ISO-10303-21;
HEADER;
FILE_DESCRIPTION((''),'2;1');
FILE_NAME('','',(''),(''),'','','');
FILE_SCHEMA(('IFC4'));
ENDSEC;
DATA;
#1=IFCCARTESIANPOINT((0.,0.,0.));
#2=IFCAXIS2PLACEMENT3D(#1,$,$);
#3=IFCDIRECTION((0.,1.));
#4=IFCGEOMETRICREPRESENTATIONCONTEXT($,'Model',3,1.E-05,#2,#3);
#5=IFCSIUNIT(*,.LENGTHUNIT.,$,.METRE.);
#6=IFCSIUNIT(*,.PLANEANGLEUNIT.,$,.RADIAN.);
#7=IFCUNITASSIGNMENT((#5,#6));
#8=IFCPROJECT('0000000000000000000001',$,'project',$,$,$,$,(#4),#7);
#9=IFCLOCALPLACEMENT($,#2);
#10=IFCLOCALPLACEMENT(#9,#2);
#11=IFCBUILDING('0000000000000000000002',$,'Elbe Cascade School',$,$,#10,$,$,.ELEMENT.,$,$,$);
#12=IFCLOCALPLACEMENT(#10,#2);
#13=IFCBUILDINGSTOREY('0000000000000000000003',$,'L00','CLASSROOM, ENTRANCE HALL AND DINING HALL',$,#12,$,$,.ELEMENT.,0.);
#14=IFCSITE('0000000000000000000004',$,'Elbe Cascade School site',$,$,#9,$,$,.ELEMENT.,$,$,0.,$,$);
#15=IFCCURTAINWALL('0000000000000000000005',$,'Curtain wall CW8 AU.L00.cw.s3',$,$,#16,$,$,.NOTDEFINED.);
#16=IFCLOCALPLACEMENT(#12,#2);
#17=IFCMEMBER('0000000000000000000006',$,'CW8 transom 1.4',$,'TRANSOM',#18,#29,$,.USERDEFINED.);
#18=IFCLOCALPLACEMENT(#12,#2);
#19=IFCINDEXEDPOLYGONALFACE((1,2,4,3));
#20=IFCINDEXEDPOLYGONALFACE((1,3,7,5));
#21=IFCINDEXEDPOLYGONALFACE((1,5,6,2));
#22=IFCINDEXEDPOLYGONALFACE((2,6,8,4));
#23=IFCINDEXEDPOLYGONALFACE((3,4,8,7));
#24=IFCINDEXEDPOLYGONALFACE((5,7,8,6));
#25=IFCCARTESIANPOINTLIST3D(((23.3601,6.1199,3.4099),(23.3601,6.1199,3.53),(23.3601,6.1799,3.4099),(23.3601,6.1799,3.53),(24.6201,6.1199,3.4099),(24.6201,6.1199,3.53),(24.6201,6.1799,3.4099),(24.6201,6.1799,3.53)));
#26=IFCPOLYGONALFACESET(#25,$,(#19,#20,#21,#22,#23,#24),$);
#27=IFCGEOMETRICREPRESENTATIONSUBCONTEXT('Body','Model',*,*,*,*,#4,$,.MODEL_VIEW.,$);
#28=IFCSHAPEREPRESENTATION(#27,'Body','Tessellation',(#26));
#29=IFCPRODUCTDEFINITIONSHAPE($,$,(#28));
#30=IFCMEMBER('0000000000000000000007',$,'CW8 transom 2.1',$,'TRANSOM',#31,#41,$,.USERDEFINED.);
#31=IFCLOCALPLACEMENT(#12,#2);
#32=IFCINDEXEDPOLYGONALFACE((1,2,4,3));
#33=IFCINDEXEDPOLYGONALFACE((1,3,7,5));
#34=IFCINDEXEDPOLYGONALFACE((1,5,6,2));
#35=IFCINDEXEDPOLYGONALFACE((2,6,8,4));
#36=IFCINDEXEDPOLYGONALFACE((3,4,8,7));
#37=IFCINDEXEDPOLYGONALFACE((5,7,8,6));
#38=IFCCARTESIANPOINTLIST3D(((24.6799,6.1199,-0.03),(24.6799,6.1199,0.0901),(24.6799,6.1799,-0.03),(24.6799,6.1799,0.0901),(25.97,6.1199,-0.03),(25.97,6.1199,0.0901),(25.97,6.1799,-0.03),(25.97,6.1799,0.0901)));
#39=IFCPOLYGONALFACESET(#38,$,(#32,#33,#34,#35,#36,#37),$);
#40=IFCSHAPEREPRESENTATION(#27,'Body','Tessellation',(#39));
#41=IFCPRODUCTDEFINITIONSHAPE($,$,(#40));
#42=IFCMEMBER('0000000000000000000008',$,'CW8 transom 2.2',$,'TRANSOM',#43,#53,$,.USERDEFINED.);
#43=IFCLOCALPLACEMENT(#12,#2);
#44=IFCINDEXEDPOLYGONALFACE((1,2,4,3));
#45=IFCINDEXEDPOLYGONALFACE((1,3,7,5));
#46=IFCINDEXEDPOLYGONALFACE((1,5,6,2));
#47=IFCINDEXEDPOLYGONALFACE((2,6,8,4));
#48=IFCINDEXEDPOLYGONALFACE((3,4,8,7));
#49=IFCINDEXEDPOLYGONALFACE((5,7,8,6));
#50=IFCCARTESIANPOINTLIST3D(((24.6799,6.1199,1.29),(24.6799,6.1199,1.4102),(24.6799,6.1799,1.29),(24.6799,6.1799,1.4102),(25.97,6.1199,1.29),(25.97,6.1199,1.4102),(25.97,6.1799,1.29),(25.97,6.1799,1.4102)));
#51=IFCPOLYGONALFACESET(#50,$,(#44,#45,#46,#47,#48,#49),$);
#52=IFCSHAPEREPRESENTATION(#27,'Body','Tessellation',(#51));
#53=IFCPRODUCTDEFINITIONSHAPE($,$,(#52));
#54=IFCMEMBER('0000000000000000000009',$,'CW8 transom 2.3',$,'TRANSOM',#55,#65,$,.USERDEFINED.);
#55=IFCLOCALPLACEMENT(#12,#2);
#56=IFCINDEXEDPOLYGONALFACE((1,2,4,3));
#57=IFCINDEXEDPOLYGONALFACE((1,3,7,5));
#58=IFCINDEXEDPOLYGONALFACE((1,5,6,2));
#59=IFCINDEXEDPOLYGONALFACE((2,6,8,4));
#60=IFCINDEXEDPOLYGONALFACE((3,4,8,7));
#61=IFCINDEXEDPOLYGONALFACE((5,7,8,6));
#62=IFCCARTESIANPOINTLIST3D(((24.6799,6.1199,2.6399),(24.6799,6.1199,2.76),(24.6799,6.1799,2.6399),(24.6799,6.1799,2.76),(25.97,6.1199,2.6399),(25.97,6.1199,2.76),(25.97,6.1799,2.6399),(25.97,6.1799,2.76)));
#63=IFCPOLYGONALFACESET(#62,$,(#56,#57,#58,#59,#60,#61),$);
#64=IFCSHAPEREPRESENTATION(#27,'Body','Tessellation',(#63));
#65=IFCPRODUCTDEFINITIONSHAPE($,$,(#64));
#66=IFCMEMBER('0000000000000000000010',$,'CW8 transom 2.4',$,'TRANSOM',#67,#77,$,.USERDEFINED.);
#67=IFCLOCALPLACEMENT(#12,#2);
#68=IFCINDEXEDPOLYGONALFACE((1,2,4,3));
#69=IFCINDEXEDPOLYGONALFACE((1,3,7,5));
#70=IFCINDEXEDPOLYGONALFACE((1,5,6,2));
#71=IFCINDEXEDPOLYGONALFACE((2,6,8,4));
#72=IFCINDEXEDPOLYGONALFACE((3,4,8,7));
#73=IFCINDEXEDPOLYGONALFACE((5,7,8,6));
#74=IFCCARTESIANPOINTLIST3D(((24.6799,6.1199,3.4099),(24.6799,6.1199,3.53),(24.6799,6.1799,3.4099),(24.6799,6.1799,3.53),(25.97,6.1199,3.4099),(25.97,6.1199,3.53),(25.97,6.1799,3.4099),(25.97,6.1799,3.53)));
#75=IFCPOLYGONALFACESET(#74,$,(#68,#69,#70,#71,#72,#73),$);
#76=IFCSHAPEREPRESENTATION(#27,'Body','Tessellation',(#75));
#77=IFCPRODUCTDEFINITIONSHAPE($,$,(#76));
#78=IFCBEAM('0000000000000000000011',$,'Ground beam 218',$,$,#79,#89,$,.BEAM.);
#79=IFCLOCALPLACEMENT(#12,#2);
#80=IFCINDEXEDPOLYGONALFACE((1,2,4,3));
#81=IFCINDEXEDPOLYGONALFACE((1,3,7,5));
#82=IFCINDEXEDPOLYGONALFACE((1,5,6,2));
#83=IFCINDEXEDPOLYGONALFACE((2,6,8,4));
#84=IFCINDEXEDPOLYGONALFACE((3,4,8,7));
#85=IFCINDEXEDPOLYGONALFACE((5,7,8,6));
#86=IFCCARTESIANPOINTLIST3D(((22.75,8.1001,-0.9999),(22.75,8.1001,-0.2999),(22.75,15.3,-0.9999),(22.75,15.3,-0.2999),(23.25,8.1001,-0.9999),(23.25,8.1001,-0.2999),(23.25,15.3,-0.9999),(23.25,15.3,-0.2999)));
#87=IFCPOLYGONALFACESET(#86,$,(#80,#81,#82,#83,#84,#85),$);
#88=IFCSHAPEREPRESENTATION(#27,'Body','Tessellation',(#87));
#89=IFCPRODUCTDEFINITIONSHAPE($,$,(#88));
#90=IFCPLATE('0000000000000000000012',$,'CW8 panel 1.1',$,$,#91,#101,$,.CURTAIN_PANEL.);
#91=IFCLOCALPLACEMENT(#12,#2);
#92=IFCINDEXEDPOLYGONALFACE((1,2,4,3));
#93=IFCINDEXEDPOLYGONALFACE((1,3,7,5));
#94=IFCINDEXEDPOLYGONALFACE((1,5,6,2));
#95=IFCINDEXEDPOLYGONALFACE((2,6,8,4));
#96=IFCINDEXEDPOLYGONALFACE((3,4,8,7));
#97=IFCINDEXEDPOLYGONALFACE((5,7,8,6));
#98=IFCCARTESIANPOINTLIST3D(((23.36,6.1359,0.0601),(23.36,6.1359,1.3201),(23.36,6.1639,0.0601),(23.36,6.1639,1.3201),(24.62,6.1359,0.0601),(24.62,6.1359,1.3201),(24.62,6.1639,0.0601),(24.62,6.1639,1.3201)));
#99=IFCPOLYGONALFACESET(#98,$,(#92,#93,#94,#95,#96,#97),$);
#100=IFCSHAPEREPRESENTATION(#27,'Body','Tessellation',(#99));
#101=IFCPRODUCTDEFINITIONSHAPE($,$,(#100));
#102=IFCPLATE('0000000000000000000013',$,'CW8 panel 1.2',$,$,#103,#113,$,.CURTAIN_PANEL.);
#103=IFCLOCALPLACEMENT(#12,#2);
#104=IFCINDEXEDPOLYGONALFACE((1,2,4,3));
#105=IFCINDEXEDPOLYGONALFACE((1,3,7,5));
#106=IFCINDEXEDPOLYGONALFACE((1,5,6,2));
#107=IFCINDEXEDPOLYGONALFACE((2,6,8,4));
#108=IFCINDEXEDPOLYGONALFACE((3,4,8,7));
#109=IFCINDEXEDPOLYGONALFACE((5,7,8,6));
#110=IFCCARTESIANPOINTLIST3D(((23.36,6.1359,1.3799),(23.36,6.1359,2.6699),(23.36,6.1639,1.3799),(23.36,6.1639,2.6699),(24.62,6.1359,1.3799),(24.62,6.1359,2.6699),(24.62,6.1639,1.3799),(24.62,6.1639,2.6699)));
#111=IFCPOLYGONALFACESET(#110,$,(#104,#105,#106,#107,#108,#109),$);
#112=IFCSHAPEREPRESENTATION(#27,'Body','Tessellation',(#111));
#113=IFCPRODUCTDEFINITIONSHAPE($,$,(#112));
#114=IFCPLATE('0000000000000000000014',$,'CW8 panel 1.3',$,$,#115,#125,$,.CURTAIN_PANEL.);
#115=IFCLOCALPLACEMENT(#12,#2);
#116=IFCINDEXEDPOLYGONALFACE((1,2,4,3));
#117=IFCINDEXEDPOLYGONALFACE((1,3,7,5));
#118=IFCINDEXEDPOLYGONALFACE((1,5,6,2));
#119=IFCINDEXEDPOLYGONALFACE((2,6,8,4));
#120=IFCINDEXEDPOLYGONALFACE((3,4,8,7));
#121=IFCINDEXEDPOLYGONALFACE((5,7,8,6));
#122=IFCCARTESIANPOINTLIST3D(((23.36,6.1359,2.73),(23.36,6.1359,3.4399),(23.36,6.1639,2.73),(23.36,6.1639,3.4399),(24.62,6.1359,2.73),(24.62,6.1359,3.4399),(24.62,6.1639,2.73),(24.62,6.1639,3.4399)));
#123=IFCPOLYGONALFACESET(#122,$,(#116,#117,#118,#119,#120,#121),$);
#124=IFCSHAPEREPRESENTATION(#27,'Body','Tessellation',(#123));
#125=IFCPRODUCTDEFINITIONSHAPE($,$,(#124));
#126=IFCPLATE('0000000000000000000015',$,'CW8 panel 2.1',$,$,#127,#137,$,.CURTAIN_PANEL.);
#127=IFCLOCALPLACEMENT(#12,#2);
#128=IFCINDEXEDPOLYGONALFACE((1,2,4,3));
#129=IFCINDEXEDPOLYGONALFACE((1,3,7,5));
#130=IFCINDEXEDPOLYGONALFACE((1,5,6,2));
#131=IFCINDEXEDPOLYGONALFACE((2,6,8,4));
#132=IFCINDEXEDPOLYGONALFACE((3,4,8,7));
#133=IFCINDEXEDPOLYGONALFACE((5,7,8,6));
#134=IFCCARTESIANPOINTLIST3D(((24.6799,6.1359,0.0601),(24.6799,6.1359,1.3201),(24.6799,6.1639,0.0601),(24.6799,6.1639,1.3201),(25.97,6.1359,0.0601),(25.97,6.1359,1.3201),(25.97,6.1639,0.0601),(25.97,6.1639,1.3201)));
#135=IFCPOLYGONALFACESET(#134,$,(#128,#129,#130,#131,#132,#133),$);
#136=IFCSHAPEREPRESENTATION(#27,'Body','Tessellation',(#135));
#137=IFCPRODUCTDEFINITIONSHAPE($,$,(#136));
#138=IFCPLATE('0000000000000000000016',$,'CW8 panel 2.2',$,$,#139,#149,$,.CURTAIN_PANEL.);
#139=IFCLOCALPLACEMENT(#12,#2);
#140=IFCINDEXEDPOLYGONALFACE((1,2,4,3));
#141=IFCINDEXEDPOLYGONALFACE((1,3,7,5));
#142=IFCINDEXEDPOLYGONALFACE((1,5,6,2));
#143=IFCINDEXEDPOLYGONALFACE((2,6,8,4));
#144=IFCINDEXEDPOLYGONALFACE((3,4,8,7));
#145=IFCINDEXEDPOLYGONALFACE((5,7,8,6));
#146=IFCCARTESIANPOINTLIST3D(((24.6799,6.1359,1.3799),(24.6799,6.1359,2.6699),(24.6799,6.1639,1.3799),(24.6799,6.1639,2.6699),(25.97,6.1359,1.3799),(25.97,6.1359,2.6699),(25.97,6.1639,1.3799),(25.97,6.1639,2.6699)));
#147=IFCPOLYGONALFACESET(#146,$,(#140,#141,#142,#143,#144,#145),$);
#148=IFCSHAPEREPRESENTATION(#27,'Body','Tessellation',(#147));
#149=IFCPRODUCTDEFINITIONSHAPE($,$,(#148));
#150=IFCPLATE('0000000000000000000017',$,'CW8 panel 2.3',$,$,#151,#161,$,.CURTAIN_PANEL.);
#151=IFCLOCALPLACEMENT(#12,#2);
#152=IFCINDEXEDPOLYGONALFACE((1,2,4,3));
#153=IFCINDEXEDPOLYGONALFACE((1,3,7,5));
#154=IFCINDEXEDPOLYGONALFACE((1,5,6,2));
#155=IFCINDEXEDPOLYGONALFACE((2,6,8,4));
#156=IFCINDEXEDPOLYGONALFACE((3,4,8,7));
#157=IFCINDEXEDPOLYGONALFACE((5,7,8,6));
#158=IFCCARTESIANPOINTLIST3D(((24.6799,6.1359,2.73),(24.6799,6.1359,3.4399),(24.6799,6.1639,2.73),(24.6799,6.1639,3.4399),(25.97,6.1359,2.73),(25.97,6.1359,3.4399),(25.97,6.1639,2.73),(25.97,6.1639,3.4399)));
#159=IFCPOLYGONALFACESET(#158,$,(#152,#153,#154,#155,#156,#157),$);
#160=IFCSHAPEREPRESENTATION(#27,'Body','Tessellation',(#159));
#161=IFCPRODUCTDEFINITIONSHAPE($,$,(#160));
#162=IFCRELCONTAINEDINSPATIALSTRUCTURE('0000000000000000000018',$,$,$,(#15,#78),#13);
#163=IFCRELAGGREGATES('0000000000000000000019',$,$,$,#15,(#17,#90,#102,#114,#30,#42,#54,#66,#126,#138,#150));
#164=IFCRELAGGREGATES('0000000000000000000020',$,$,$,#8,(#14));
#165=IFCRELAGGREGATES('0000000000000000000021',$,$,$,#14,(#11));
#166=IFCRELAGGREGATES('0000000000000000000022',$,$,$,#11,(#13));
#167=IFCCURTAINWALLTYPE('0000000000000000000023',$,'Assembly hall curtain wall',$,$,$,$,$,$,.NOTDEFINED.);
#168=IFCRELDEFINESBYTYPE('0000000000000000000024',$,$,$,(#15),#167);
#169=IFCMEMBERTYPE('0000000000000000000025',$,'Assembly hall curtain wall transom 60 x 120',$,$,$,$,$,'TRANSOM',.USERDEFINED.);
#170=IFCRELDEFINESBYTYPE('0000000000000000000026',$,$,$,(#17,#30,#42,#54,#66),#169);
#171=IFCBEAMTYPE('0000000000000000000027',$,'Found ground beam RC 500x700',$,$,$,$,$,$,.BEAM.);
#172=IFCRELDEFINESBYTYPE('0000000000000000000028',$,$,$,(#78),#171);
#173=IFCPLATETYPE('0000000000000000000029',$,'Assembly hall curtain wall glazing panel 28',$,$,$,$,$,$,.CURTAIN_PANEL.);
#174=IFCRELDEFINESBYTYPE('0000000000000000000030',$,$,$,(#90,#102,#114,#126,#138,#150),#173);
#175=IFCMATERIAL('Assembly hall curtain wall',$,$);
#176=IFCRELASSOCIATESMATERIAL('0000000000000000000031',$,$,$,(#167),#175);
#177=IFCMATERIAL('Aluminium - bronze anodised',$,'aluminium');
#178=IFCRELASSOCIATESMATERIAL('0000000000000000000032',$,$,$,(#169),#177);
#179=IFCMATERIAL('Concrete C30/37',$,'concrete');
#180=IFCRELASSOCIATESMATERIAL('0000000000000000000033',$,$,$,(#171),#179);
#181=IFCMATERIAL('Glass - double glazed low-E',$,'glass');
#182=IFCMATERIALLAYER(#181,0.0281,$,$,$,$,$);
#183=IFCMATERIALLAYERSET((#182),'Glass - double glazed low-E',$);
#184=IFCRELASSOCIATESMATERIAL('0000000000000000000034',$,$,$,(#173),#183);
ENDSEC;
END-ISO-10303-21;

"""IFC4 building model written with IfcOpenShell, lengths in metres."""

from ifc_helpers import new_model, si_unit, direction, frame, origin, origin_2d, place, context, subcontext, project, spatial, rectangle, extrude, material, layer, layer_set, material_profile, profile_set, type_object, element, aggregate, save


model = new_model("IFC4")

# Units and contexts
model_context = context("Model", 3, precision=1e-05, world=origin(), true_north=direction((0.0, 1.0)))
body_context = subcontext(model_context, "Body", "Model", "MODEL_VIEW")
ifc_project = project(units=[si_unit("LENGTHUNIT", "METRE"), si_unit("PLANEANGLEUNIT", "RADIAN")], contexts=[model_context])

# Site, building, storey
site_placement = place(None, origin())
site = spatial("IfcSite", under=ifc_project, at=site_placement, Name="Elbe Cascade School site", CompositionType="ELEMENT", RefElevation=0.0)
building_placement = place(site_placement, origin())
building = spatial("IfcBuilding", under=site, at=building_placement, Name="Elbe Cascade School", CompositionType="ELEMENT")
storey_placement = place(building_placement, origin())
storey = spatial("IfcBuildingStorey", under=building, at=storey_placement, Name="L00", Description="CLASSROOM, ENTRANCE HALL AND DINING HALL", CompositionType="ELEMENT", Elevation=0.0)

# Curtain wall, members
ifc_material_1 = material(Name="Assembly hall curtain wall")
curtain_wall_type = type_object("IfcCurtainWallType", Name="Assembly hall curtain wall", PredefinedType="NOTDEFINED", material=ifc_material_1)
curtain_wall_placement = place(storey_placement, origin())
curtain_wall = element("IfcCurtainWall", 1, at=curtain_wall_placement, inside=storey, type_object=curtain_wall_type, Name="Curtain wall CW8 AU.L00.cw.s3", PredefinedType="NOTDEFINED")
ifc_material_2 = material(Name="Aluminium - bronze anodised", Category="aluminium")
ifc_material_profile_1 = material_profile(ifc_material_2, rectangle(XDim=0.0601, YDim=0.1201, at=origin_2d()), Name="RECT 60x120")
ifc_profile_set_1 = profile_set([ifc_material_profile_1], Name="Aluminium - bronze anodised")
member_type_1 = type_object("IfcMemberType", Name="Assembly hall curtain wall transom 60 x 120", ElementType="TRANSOM", PredefinedType="USERDEFINED", material=ifc_profile_set_1)
member_1_placement = place(storey_placement, frame((23.3601, 6.1499, 3.47), z_axis=(1.0, 0.0, 0.0), x_axis=(0.0, 1.0, 0.0)))
member_1 = element("IfcMember", 2, at=member_1_placement, type_object=member_type_1, Name="CW8 transom 1.4", ObjectType="TRANSOM", PredefinedType="USERDEFINED", context=body_context, shape_type="SweptSolid", body=[
    extrude(rectangle(XDim=0.0601, YDim=0.1201, at=origin_2d()), origin(), (0.0, 0.0, 1.0), 1.26),
])
member_2_placement = place(storey_placement, frame((24.6799, 6.1499, 0.03), z_axis=(1.0, 0.0, 0.0), x_axis=(0.0, 1.0, 0.0)))
member_2 = element("IfcMember", 3, at=member_2_placement, type_object=member_type_1, Name="CW8 transom 2.1", ObjectType="TRANSOM", PredefinedType="USERDEFINED", context=body_context, shape_type="SweptSolid", body=[
    extrude(rectangle(XDim=0.0601, YDim=0.1201, at=origin_2d()), origin(), (0.0, 0.0, 1.0), 1.29),
])
member_3_placement = place(storey_placement, frame((24.6799, 6.1499, 1.3501), z_axis=(1.0, 0.0, 0.0), x_axis=(0.0, 1.0, 0.0)))
member_3 = element("IfcMember", 4, at=member_3_placement, type_object=member_type_1, Name="CW8 transom 2.2", ObjectType="TRANSOM", PredefinedType="USERDEFINED", context=body_context, shape_type="SweptSolid", body=[
    extrude(rectangle(XDim=0.0601, YDim=0.1201, at=origin_2d()), origin(), (0.0, 0.0, 1.0), 1.29),
])
member_4_placement = place(storey_placement, frame((24.6799, 6.1499, 2.7), z_axis=(1.0, 0.0, 0.0), x_axis=(0.0, 1.0, 0.0)))
member_4 = element("IfcMember", 5, at=member_4_placement, type_object=member_type_1, Name="CW8 transom 2.3", ObjectType="TRANSOM", PredefinedType="USERDEFINED", context=body_context, shape_type="SweptSolid", body=[
    extrude(rectangle(XDim=0.0601, YDim=0.1201, at=origin_2d()), origin(), (0.0, 0.0, 1.0), 1.29),
])
member_5_placement = place(storey_placement, frame((24.6799, 6.1499, 3.47), z_axis=(1.0, 0.0, 0.0), x_axis=(0.0, 1.0, 0.0)))
member_5 = element("IfcMember", 6, at=member_5_placement, type_object=member_type_1, Name="CW8 transom 2.4", ObjectType="TRANSOM", PredefinedType="USERDEFINED", context=body_context, shape_type="SweptSolid", body=[
    extrude(rectangle(XDim=0.0601, YDim=0.1201, at=origin_2d()), origin(), (0.0, 0.0, 1.0), 1.29),
])

# Beam
ifc_material_3 = material(Name="Concrete C30/37", Category="concrete")
ifc_material_profile_2 = material_profile(ifc_material_3, rectangle(XDim=0.5, YDim=0.7, at=origin_2d()), Name="RC 500x700")
ifc_profile_set_2 = profile_set([ifc_material_profile_2], Name="Concrete C30/37")
beam_type_1 = type_object("IfcBeamType", Name="Found ground beam RC 500x700", PredefinedType="BEAM", material=ifc_profile_set_2)
beam_1_placement = place(storey_placement, frame((23.0, 8.1001, -0.6499), z_axis=(0.0, 1.0, 0.0), x_axis=(-1.0, 0.0, 0.0)))
element("IfcBeam", 7, at=beam_1_placement, inside=storey, type_object=beam_type_1, Name="Ground beam 218", PredefinedType="BEAM", context=body_context, shape_type="SweptSolid", body=[
    extrude(rectangle(XDim=0.5, YDim=0.7, at=origin_2d()), origin(), (0.0, 0.0, 1.0), 7.2),
])

# Plates
ifc_material_4 = material(Name="Glass - double glazed low-E", Category="glass")
ifc_layer = layer(ifc_material_4, 0.0281)
ifc_layer_set = layer_set([ifc_layer], Name="Glass - double glazed low-E")
plate_type = type_object("IfcPlateType", Name="Assembly hall curtain wall glazing panel 28", PredefinedType="CURTAIN_PANEL", material=ifc_layer_set)
plate_1_placement = place(storey_placement, frame((23.99, 6.1499, 0.0601), z_axis=(0.0, 0.0, 1.0), x_axis=(1.0, 0.0, 0.0)))
plate_1 = element("IfcPlate", 8, at=plate_1_placement, type_object=plate_type, Name="CW8 panel 1.1", PredefinedType="CURTAIN_PANEL", context=body_context, shape_type="SweptSolid", body=[
    extrude(rectangle(XDim=1.26, YDim=0.0281, at=origin_2d()), origin(), (0.0, 0.0, 1.0), 1.26),
])
plate_2_placement = place(storey_placement, frame((23.99, 6.1499, 1.3799), z_axis=(0.0, 0.0, 1.0), x_axis=(1.0, 0.0, 0.0)))
plate_2 = element("IfcPlate", 9, at=plate_2_placement, type_object=plate_type, Name="CW8 panel 1.2", PredefinedType="CURTAIN_PANEL", context=body_context, shape_type="SweptSolid", body=[
    extrude(rectangle(XDim=1.26, YDim=0.0281, at=origin_2d()), origin(), (0.0, 0.0, 1.0), 1.29),
])
plate_3_placement = place(storey_placement, frame((23.99, 6.1499, 2.73), z_axis=(0.0, 0.0, 1.0), x_axis=(1.0, 0.0, 0.0)))
plate_3 = element("IfcPlate", 10, at=plate_3_placement, type_object=plate_type, Name="CW8 panel 1.3", PredefinedType="CURTAIN_PANEL", context=body_context, shape_type="SweptSolid", body=[
    extrude(rectangle(XDim=1.26, YDim=0.0281, at=origin_2d()), origin(), (0.0, 0.0, 1.0), 0.71),
])
plate_4_placement = place(storey_placement, frame((25.325, 6.1499, 0.0601), z_axis=(0.0, 0.0, 1.0), x_axis=(1.0, 0.0, 0.0)))
plate_4 = element("IfcPlate", 11, at=plate_4_placement, type_object=plate_type, Name="CW8 panel 2.1", PredefinedType="CURTAIN_PANEL", context=body_context, shape_type="SweptSolid", body=[
    extrude(rectangle(XDim=1.29, YDim=0.0281, at=origin_2d()), origin(), (0.0, 0.0, 1.0), 1.26),
])
plate_5_placement = place(storey_placement, frame((25.325, 6.1499, 1.3799), z_axis=(0.0, 0.0, 1.0), x_axis=(1.0, 0.0, 0.0)))
plate_5 = element("IfcPlate", 12, at=plate_5_placement, type_object=plate_type, Name="CW8 panel 2.2", PredefinedType="CURTAIN_PANEL", context=body_context, shape_type="SweptSolid", body=[
    extrude(rectangle(XDim=1.29, YDim=0.0281, at=origin_2d()), origin(), (0.0, 0.0, 1.0), 1.29),
])
plate_6_placement = place(storey_placement, frame((25.325, 6.1499, 2.73), z_axis=(0.0, 0.0, 1.0), x_axis=(1.0, 0.0, 0.0)))
plate_6 = element("IfcPlate", 13, at=plate_6_placement, type_object=plate_type, Name="CW8 panel 2.3", PredefinedType="CURTAIN_PANEL", context=body_context, shape_type="SweptSolid", body=[
    extrude(rectangle(XDim=1.29, YDim=0.0281, at=origin_2d()), origin(), (0.0, 0.0, 1.0), 0.71),
])
aggregate(curtain_wall, [member_1, plate_1, plate_2, plate_3, member_2, member_3, member_4, member_5, plate_4, plate_5, plate_6])

save(model, "model.ifc")
